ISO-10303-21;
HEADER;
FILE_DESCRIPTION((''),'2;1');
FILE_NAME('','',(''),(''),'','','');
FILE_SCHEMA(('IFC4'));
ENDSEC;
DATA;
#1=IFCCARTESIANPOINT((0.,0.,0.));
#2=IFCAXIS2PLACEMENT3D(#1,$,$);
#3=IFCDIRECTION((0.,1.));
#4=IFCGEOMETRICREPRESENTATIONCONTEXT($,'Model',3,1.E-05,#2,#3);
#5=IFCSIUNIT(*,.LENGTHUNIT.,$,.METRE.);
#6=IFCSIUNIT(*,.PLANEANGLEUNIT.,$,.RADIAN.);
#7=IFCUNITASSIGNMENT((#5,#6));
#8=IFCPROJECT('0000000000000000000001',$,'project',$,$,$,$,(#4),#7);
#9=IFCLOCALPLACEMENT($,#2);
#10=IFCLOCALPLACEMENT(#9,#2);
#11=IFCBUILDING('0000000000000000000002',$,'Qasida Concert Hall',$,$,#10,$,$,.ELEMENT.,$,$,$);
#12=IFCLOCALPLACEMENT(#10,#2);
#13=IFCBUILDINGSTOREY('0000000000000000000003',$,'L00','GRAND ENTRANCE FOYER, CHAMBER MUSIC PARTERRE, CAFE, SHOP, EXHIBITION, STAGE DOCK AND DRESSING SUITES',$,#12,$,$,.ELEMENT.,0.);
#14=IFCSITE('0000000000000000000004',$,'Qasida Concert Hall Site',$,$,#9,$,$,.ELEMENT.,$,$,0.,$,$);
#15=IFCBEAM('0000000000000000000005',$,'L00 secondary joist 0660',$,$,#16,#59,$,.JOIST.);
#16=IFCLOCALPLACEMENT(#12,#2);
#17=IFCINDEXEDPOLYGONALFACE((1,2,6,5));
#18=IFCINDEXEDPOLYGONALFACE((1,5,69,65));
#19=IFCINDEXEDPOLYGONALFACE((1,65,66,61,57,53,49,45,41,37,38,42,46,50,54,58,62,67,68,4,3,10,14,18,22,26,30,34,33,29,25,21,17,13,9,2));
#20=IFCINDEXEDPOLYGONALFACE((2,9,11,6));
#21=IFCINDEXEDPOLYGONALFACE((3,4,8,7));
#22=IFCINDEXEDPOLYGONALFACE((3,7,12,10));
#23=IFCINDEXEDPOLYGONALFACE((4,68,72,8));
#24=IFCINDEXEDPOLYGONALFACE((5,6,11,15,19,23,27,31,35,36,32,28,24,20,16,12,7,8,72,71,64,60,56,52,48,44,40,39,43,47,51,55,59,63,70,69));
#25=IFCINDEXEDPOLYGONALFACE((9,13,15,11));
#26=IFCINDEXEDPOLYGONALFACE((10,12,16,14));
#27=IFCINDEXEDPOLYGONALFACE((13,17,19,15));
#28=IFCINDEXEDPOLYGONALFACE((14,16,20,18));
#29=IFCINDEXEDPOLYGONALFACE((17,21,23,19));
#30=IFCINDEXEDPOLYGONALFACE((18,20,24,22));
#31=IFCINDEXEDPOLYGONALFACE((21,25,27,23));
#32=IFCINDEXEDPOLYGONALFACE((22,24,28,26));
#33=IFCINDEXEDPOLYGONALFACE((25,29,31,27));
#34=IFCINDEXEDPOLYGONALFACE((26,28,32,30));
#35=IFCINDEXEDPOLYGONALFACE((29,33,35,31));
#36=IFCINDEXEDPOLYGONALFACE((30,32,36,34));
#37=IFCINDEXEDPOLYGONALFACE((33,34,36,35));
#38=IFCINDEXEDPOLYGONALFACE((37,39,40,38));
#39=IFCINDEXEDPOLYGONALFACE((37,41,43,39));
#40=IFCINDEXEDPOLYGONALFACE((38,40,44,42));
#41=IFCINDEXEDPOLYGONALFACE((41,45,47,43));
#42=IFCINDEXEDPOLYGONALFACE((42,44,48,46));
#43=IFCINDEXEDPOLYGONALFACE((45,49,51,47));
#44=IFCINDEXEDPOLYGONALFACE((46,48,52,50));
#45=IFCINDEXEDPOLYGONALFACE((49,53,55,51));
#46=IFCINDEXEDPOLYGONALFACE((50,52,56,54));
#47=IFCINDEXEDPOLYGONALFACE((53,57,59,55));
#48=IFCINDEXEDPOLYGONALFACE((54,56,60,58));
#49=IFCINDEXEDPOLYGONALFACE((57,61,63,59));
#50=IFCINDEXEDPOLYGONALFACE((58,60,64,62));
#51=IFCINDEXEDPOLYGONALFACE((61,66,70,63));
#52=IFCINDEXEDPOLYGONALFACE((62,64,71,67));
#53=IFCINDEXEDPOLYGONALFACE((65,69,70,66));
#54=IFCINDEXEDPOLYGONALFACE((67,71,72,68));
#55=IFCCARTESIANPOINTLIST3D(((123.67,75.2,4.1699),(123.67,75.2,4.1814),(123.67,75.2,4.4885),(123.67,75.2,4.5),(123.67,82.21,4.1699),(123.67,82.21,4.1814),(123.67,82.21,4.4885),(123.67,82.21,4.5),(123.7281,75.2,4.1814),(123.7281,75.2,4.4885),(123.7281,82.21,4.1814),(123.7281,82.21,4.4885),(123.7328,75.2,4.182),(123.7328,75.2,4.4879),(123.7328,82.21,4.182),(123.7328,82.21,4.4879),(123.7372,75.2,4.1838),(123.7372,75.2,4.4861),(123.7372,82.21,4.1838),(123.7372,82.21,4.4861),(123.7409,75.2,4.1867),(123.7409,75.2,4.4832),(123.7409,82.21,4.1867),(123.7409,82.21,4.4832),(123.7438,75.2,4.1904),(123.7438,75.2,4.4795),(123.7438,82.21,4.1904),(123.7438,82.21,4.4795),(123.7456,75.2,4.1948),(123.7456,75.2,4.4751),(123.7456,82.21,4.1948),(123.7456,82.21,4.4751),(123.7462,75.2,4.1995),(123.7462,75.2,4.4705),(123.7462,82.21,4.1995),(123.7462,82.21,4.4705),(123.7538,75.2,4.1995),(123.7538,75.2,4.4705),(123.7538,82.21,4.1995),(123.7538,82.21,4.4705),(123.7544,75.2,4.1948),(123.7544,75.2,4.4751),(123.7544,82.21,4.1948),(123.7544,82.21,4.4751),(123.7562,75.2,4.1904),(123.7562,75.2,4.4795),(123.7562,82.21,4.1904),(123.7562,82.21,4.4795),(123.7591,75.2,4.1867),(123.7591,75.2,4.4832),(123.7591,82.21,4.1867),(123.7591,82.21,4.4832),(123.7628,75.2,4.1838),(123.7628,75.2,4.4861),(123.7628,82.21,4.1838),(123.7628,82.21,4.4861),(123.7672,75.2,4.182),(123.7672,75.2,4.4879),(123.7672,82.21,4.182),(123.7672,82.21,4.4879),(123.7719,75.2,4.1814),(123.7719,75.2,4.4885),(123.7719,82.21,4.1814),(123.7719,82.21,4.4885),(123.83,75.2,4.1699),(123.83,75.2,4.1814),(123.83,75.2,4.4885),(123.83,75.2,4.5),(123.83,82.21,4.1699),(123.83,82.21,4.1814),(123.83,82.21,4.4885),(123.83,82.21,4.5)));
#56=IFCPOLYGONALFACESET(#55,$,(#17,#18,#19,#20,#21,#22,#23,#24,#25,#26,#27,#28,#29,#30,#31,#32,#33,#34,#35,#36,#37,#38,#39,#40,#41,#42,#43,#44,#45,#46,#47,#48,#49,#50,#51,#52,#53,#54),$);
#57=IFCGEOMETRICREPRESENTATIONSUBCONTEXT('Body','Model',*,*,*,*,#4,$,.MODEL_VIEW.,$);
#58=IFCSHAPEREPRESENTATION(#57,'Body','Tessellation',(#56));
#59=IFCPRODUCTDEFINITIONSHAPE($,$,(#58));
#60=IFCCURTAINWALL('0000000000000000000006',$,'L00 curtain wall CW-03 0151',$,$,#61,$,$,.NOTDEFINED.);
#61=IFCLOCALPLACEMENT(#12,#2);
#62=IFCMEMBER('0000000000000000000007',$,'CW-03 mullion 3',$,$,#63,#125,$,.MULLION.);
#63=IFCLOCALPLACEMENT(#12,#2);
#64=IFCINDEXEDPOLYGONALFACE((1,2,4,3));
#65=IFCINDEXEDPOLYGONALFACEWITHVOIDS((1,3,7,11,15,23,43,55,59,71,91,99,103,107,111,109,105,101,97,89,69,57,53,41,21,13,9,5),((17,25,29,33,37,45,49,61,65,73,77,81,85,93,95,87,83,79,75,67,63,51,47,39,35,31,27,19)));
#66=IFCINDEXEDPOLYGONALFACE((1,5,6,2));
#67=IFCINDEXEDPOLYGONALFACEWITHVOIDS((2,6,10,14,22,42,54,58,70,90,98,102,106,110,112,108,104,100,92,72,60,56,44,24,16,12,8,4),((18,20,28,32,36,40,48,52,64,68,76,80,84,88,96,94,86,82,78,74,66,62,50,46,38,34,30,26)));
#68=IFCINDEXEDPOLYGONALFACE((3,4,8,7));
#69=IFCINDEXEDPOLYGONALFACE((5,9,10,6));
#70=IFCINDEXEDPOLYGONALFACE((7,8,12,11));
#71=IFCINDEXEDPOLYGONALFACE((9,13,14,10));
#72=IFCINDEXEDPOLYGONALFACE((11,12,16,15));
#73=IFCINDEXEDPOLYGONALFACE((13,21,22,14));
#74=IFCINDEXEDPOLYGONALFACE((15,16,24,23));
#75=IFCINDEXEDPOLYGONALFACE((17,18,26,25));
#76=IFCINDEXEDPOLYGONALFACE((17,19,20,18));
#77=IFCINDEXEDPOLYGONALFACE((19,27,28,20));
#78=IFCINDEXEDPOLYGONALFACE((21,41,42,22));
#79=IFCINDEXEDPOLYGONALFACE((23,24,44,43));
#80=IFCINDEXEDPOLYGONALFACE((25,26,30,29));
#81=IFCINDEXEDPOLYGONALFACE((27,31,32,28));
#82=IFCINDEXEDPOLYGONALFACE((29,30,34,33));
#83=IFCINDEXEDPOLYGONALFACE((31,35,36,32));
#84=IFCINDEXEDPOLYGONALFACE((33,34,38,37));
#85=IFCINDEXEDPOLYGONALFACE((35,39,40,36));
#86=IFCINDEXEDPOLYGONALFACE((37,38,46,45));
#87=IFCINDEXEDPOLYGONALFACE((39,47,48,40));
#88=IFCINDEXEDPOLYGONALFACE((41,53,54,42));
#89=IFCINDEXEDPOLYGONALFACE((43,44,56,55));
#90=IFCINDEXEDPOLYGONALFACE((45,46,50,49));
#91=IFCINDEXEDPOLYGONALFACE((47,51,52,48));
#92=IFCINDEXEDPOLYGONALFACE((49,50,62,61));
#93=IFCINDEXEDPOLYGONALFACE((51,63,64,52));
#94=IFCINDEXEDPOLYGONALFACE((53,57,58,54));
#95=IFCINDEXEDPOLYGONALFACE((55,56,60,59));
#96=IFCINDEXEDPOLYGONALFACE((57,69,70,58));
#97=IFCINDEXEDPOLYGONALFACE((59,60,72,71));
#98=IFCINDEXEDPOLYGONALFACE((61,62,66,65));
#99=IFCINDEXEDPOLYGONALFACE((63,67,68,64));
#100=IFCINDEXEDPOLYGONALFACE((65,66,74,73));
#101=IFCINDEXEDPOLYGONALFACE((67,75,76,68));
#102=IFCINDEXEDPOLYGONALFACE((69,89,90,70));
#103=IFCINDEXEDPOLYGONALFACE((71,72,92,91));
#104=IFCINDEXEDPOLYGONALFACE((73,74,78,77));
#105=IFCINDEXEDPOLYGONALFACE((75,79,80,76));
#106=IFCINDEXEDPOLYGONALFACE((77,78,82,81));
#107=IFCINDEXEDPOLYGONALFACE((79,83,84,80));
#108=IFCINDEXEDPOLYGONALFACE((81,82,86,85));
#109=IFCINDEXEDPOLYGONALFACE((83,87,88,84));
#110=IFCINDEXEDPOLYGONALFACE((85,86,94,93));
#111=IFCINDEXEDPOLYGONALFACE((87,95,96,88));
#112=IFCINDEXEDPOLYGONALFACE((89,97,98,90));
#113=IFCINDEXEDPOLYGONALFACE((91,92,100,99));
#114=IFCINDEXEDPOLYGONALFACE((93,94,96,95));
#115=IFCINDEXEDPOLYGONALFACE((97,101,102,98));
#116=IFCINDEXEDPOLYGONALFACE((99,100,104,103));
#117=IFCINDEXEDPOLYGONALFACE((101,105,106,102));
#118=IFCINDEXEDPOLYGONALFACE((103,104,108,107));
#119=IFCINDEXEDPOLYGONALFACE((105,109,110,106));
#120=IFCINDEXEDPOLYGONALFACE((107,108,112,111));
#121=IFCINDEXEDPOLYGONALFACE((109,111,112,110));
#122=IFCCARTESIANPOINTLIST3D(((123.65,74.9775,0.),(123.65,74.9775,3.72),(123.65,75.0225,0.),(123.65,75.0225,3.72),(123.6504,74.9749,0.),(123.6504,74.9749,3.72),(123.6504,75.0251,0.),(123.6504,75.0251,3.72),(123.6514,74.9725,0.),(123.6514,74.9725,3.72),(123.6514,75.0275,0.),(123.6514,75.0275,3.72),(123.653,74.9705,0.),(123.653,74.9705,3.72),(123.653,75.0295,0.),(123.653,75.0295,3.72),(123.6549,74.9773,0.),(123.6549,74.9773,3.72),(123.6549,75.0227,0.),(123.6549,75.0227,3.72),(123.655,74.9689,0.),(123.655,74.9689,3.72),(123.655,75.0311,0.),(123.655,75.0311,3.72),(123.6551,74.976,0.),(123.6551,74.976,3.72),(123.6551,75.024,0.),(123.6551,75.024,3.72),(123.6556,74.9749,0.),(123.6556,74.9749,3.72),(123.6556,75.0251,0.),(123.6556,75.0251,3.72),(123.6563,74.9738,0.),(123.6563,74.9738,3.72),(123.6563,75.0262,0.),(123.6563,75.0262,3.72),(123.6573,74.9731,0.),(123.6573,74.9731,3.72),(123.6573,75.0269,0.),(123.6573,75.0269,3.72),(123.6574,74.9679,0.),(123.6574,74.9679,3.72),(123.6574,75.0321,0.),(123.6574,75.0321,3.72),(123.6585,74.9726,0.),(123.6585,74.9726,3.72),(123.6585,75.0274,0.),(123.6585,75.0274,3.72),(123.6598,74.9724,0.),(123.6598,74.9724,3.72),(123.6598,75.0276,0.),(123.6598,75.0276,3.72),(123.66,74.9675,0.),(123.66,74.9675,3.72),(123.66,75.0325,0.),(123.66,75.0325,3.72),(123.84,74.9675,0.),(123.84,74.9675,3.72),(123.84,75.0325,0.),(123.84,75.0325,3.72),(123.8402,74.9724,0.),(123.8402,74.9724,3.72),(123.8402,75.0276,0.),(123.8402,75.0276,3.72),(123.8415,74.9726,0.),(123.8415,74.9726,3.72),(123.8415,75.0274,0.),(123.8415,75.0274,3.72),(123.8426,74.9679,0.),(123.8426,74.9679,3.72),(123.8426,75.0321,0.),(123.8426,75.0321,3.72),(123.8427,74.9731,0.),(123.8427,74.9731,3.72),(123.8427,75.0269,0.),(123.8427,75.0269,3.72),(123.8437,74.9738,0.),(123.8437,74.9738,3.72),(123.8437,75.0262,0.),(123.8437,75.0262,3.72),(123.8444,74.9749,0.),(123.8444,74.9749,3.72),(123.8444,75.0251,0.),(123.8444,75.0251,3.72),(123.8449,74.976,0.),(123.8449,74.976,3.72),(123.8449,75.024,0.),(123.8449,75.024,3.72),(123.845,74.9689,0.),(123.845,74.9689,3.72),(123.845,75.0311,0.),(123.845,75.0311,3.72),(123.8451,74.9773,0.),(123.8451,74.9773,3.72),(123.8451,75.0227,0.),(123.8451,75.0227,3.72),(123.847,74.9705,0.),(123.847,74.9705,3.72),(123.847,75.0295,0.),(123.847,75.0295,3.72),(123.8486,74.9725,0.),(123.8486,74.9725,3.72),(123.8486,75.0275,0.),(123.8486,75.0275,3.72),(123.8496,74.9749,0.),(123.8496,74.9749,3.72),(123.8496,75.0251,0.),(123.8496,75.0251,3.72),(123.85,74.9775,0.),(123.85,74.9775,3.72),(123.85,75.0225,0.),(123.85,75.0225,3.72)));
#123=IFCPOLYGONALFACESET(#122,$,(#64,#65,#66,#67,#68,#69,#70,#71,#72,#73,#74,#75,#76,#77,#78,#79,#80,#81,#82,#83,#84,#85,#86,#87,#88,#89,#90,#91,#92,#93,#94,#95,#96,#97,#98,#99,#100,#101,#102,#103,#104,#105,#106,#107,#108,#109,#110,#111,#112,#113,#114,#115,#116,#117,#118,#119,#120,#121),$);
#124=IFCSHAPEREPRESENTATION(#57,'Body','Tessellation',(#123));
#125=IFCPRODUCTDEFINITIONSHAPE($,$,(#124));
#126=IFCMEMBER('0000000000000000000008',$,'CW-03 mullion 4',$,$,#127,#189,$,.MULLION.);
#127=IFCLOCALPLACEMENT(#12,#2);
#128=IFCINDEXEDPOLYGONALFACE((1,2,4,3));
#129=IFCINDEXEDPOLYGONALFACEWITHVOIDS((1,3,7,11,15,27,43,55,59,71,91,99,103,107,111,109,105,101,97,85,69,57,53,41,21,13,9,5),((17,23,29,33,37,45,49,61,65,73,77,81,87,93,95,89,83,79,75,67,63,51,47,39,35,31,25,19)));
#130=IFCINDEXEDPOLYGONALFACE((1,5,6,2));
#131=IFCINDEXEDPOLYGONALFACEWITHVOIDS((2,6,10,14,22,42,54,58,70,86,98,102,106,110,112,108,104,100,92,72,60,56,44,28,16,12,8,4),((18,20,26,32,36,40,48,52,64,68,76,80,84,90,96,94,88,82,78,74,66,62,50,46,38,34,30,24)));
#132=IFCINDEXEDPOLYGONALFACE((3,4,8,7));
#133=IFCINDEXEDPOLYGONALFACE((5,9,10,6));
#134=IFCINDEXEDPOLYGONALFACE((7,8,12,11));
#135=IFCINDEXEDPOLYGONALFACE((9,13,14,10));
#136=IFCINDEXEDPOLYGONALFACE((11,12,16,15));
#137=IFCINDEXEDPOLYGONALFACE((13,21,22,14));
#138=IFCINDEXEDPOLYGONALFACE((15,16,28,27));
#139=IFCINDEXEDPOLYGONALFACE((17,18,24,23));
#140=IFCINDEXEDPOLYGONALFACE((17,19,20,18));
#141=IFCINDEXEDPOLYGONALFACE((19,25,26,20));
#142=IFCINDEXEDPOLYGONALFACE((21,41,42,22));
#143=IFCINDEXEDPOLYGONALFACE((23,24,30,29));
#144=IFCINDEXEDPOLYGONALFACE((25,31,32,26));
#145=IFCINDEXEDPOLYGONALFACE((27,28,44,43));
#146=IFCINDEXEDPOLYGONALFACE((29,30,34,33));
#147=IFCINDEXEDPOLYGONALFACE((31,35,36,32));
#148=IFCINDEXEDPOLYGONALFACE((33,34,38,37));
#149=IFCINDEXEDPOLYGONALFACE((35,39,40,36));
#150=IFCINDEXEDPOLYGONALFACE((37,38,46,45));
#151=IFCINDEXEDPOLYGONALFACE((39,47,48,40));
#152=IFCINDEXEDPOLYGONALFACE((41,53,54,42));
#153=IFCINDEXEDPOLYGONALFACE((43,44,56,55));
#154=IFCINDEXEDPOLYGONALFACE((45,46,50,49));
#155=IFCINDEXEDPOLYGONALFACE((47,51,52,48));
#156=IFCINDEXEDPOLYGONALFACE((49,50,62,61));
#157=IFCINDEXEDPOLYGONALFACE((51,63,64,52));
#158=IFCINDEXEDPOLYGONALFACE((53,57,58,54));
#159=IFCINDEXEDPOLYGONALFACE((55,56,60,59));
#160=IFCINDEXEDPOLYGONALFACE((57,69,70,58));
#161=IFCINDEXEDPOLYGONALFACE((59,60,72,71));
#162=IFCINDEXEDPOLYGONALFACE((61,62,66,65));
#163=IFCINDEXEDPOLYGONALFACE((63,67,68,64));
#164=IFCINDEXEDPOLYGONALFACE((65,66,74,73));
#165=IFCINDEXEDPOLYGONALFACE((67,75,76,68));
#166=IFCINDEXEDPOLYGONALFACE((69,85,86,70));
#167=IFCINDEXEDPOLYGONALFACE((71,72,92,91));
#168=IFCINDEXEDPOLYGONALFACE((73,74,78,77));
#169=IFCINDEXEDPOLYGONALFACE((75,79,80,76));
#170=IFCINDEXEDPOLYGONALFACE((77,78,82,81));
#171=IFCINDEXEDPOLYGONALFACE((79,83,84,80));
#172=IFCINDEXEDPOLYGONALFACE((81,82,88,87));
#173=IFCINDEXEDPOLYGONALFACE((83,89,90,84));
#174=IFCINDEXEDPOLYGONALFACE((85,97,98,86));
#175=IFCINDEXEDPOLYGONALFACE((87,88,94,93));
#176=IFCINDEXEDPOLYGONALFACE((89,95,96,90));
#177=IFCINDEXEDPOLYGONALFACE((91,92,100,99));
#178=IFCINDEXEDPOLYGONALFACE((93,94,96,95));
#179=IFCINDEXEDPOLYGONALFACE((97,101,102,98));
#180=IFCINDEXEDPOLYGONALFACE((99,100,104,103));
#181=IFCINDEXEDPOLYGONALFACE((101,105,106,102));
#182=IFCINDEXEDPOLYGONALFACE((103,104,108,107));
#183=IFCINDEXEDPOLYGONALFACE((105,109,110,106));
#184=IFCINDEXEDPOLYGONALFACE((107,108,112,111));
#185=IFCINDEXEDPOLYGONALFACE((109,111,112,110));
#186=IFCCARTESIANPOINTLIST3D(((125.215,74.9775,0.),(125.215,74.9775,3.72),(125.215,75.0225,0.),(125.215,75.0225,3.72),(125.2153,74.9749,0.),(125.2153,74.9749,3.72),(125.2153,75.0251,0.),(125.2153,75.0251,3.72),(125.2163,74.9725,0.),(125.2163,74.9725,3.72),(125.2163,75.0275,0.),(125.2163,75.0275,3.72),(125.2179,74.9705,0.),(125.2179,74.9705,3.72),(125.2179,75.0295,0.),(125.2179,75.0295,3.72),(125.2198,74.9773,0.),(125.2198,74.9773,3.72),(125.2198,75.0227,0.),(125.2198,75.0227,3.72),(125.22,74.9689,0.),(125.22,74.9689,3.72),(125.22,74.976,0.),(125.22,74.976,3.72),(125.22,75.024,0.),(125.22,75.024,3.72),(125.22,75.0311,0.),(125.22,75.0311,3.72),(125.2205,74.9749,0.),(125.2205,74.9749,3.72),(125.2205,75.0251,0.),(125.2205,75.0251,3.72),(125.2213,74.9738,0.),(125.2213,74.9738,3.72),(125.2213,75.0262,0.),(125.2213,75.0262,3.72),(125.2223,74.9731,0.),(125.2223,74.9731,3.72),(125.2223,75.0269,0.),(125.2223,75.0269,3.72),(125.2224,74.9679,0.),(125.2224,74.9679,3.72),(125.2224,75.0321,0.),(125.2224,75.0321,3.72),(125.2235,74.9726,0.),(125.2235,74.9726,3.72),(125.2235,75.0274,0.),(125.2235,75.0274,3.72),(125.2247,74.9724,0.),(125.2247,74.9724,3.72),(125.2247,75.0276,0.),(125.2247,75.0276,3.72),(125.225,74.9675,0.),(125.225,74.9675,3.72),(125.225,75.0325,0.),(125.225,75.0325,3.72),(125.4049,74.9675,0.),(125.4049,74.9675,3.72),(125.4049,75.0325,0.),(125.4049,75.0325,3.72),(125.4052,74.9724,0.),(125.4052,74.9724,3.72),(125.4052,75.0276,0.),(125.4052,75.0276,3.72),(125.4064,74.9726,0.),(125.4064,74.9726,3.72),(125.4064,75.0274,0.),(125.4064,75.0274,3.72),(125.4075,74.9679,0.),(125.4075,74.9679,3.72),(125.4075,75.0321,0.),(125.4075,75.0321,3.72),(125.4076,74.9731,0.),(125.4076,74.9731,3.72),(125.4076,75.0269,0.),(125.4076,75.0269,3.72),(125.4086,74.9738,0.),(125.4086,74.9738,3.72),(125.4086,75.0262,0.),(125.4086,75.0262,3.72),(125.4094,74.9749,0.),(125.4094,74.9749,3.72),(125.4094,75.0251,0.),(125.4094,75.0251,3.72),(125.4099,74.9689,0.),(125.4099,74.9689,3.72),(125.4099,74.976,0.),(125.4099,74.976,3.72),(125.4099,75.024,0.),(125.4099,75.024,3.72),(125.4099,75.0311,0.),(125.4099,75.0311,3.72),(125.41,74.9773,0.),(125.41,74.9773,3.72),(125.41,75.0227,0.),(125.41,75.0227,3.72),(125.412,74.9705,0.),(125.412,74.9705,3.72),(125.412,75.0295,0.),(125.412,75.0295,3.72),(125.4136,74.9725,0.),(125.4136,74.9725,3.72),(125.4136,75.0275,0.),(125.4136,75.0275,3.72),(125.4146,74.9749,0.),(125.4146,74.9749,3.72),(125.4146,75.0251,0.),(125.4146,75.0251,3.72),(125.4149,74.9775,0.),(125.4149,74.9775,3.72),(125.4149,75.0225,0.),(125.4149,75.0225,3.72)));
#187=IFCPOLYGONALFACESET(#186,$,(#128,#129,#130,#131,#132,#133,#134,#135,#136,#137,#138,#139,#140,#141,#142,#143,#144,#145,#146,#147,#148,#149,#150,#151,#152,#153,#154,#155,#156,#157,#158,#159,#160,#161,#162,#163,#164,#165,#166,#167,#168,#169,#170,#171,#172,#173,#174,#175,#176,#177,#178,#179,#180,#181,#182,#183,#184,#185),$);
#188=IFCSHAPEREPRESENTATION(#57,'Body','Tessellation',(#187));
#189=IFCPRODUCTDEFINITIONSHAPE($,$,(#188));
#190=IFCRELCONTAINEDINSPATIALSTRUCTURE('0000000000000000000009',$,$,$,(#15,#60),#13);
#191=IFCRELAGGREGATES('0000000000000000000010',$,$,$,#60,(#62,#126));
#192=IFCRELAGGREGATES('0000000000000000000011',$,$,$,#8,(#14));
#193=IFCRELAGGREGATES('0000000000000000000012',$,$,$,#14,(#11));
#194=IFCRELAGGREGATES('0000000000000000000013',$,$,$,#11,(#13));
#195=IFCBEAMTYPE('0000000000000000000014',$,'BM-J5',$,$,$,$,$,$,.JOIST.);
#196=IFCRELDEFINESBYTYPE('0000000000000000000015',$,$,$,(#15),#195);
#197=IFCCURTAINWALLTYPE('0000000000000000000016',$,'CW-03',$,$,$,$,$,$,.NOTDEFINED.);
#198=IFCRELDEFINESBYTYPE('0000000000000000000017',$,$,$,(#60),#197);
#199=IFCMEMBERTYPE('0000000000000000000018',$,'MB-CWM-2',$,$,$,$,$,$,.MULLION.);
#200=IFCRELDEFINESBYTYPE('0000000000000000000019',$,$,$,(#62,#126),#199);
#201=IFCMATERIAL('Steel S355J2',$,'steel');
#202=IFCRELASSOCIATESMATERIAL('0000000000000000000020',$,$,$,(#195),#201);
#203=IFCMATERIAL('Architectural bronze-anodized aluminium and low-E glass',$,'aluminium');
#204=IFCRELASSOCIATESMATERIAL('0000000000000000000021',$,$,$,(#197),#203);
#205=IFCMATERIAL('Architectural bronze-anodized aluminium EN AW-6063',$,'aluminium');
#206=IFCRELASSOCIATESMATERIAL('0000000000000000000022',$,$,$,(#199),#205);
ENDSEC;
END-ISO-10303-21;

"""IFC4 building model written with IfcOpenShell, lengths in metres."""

from ifc_helpers import new_model, si_unit, direction, frame, origin, origin_2d, place, context, subcontext, project, spatial, hollow_rectangle, i_section, extrude, material, material_profile, profile_set, type_object, element, aggregate, save


model = new_model("IFC4")

# Units and contexts
model_context = context("Model", 3, precision=1e-05, world=origin(), true_north=direction((0.0, 1.0)))
body_context = subcontext(model_context, "Body", "Model", "MODEL_VIEW")
ifc_project = project(units=[si_unit("LENGTHUNIT", "METRE"), si_unit("PLANEANGLEUNIT", "RADIAN")], contexts=[model_context])

# Site, building, storey
site_placement = place(None, origin())
site = spatial("IfcSite", under=ifc_project, at=site_placement, Name="Qasida Concert Hall Site", CompositionType="ELEMENT", RefElevation=0.0)
building_placement = place(site_placement, origin())
building = spatial("IfcBuilding", under=site, at=building_placement, Name="Qasida Concert Hall", CompositionType="ELEMENT")
storey_placement = place(building_placement, origin())
storey = spatial("IfcBuildingStorey", under=building, at=storey_placement, Name="L00", Description="GRAND ENTRANCE FOYER, CHAMBER MUSIC PARTERRE, CAFE, SHOP, EXHIBITION, STAGE DOCK AND DRESSING SUITES", CompositionType="ELEMENT", Elevation=0.0)

# Beam
ifc_material_1 = material(Name="Steel S355J2", Category="steel")
ifc_material_profile_1 = material_profile(ifc_material_1, i_section(OverallWidth=0.1599, OverallDepth=0.3301, WebThickness=0.0076, FlangeThickness=0.0115, FilletRadius=0.0181, at=origin_2d()), Name="IPE 330")
ifc_profile_set_1 = profile_set([ifc_material_profile_1], Name="Steel S355J2")
beam_type = type_object("IfcBeamType", Name="BM-J5", PredefinedType="JOIST", material=ifc_profile_set_1)
beam_placement = place(storey_placement, frame((123.75, 75.2, 4.335), z_axis=(0.0, 1.0, 0.0), x_axis=(-1.0, 0.0, 0.0)))
element("IfcBeam", 1, at=beam_placement, inside=storey, type_object=beam_type, Name="L00 secondary joist 0660", PredefinedType="JOIST", context=body_context, shape_type="SweptSolid", body=[
    extrude(i_section(OverallWidth=0.1599, OverallDepth=0.3301, WebThickness=0.0076, FlangeThickness=0.0115, FilletRadius=0.0181, at=origin_2d()), origin(), (0.0, 0.0, 1.0), 7.01),
])

# Curtain wall, members
ifc_material_2 = material(Name="Architectural bronze-anodized aluminium and low-E glass", Category="aluminium")
curtain_wall_type = type_object("IfcCurtainWallType", Name="CW-03", PredefinedType="NOTDEFINED", material=ifc_material_2)
curtain_wall_placement = place(storey_placement, origin())
curtain_wall = element("IfcCurtainWall", 2, at=curtain_wall_placement, inside=storey, type_object=curtain_wall_type, Name="L00 curtain wall CW-03 0151", PredefinedType="NOTDEFINED")
ifc_material_3 = material(Name="Architectural bronze-anodized aluminium EN AW-6063", Category="aluminium")
ifc_material_profile_2 = material_profile(ifc_material_3, hollow_rectangle(XDim=0.0649, YDim=0.2, WallThickness=0.0049, InnerFilletRadius=0.0049, OuterFilletRadius=0.01, at=origin_2d()), Name="CWM 200x65x5")
ifc_profile_set_2 = profile_set([ifc_material_profile_2], Name="Architectural bronze-anodized aluminium EN AW-6063")
member_type_1 = type_object("IfcMemberType", Name="MB-CWM-2", PredefinedType="MULLION", material=ifc_profile_set_2)
member_1_placement = place(storey_placement, frame((123.75, 75.0, 0.0), z_axis=(0.0, 0.0, 1.0), x_axis=(0.0, 1.0, 0.0)))
member_1 = element("IfcMember", 3, at=member_1_placement, type_object=member_type_1, Name="CW-03 mullion 3", PredefinedType="MULLION", context=body_context, shape_type="SweptSolid", body=[
    extrude(hollow_rectangle(XDim=0.0649, YDim=0.2, WallThickness=0.0049, InnerFilletRadius=0.0049, OuterFilletRadius=0.01, at=origin_2d()), origin(), (0.0, 0.0, 1.0), 3.72),
])
member_2_placement = place(storey_placement, frame((125.3149, 75.0, 0.0), z_axis=(0.0, 0.0, 1.0), x_axis=(0.0, 1.0, 0.0)))
member_2 = element("IfcMember", 4, at=member_2_placement, type_object=member_type_1, Name="CW-03 mullion 4", PredefinedType="MULLION", context=body_context, shape_type="SweptSolid", body=[
    extrude(hollow_rectangle(XDim=0.0649, YDim=0.2, WallThickness=0.0049, InnerFilletRadius=0.0049, OuterFilletRadius=0.01, at=origin_2d()), origin(), (0.0, 0.0, 1.0), 3.72),
])
aggregate(curtain_wall, [member_1, member_2])

save(model, "model.ifc")
